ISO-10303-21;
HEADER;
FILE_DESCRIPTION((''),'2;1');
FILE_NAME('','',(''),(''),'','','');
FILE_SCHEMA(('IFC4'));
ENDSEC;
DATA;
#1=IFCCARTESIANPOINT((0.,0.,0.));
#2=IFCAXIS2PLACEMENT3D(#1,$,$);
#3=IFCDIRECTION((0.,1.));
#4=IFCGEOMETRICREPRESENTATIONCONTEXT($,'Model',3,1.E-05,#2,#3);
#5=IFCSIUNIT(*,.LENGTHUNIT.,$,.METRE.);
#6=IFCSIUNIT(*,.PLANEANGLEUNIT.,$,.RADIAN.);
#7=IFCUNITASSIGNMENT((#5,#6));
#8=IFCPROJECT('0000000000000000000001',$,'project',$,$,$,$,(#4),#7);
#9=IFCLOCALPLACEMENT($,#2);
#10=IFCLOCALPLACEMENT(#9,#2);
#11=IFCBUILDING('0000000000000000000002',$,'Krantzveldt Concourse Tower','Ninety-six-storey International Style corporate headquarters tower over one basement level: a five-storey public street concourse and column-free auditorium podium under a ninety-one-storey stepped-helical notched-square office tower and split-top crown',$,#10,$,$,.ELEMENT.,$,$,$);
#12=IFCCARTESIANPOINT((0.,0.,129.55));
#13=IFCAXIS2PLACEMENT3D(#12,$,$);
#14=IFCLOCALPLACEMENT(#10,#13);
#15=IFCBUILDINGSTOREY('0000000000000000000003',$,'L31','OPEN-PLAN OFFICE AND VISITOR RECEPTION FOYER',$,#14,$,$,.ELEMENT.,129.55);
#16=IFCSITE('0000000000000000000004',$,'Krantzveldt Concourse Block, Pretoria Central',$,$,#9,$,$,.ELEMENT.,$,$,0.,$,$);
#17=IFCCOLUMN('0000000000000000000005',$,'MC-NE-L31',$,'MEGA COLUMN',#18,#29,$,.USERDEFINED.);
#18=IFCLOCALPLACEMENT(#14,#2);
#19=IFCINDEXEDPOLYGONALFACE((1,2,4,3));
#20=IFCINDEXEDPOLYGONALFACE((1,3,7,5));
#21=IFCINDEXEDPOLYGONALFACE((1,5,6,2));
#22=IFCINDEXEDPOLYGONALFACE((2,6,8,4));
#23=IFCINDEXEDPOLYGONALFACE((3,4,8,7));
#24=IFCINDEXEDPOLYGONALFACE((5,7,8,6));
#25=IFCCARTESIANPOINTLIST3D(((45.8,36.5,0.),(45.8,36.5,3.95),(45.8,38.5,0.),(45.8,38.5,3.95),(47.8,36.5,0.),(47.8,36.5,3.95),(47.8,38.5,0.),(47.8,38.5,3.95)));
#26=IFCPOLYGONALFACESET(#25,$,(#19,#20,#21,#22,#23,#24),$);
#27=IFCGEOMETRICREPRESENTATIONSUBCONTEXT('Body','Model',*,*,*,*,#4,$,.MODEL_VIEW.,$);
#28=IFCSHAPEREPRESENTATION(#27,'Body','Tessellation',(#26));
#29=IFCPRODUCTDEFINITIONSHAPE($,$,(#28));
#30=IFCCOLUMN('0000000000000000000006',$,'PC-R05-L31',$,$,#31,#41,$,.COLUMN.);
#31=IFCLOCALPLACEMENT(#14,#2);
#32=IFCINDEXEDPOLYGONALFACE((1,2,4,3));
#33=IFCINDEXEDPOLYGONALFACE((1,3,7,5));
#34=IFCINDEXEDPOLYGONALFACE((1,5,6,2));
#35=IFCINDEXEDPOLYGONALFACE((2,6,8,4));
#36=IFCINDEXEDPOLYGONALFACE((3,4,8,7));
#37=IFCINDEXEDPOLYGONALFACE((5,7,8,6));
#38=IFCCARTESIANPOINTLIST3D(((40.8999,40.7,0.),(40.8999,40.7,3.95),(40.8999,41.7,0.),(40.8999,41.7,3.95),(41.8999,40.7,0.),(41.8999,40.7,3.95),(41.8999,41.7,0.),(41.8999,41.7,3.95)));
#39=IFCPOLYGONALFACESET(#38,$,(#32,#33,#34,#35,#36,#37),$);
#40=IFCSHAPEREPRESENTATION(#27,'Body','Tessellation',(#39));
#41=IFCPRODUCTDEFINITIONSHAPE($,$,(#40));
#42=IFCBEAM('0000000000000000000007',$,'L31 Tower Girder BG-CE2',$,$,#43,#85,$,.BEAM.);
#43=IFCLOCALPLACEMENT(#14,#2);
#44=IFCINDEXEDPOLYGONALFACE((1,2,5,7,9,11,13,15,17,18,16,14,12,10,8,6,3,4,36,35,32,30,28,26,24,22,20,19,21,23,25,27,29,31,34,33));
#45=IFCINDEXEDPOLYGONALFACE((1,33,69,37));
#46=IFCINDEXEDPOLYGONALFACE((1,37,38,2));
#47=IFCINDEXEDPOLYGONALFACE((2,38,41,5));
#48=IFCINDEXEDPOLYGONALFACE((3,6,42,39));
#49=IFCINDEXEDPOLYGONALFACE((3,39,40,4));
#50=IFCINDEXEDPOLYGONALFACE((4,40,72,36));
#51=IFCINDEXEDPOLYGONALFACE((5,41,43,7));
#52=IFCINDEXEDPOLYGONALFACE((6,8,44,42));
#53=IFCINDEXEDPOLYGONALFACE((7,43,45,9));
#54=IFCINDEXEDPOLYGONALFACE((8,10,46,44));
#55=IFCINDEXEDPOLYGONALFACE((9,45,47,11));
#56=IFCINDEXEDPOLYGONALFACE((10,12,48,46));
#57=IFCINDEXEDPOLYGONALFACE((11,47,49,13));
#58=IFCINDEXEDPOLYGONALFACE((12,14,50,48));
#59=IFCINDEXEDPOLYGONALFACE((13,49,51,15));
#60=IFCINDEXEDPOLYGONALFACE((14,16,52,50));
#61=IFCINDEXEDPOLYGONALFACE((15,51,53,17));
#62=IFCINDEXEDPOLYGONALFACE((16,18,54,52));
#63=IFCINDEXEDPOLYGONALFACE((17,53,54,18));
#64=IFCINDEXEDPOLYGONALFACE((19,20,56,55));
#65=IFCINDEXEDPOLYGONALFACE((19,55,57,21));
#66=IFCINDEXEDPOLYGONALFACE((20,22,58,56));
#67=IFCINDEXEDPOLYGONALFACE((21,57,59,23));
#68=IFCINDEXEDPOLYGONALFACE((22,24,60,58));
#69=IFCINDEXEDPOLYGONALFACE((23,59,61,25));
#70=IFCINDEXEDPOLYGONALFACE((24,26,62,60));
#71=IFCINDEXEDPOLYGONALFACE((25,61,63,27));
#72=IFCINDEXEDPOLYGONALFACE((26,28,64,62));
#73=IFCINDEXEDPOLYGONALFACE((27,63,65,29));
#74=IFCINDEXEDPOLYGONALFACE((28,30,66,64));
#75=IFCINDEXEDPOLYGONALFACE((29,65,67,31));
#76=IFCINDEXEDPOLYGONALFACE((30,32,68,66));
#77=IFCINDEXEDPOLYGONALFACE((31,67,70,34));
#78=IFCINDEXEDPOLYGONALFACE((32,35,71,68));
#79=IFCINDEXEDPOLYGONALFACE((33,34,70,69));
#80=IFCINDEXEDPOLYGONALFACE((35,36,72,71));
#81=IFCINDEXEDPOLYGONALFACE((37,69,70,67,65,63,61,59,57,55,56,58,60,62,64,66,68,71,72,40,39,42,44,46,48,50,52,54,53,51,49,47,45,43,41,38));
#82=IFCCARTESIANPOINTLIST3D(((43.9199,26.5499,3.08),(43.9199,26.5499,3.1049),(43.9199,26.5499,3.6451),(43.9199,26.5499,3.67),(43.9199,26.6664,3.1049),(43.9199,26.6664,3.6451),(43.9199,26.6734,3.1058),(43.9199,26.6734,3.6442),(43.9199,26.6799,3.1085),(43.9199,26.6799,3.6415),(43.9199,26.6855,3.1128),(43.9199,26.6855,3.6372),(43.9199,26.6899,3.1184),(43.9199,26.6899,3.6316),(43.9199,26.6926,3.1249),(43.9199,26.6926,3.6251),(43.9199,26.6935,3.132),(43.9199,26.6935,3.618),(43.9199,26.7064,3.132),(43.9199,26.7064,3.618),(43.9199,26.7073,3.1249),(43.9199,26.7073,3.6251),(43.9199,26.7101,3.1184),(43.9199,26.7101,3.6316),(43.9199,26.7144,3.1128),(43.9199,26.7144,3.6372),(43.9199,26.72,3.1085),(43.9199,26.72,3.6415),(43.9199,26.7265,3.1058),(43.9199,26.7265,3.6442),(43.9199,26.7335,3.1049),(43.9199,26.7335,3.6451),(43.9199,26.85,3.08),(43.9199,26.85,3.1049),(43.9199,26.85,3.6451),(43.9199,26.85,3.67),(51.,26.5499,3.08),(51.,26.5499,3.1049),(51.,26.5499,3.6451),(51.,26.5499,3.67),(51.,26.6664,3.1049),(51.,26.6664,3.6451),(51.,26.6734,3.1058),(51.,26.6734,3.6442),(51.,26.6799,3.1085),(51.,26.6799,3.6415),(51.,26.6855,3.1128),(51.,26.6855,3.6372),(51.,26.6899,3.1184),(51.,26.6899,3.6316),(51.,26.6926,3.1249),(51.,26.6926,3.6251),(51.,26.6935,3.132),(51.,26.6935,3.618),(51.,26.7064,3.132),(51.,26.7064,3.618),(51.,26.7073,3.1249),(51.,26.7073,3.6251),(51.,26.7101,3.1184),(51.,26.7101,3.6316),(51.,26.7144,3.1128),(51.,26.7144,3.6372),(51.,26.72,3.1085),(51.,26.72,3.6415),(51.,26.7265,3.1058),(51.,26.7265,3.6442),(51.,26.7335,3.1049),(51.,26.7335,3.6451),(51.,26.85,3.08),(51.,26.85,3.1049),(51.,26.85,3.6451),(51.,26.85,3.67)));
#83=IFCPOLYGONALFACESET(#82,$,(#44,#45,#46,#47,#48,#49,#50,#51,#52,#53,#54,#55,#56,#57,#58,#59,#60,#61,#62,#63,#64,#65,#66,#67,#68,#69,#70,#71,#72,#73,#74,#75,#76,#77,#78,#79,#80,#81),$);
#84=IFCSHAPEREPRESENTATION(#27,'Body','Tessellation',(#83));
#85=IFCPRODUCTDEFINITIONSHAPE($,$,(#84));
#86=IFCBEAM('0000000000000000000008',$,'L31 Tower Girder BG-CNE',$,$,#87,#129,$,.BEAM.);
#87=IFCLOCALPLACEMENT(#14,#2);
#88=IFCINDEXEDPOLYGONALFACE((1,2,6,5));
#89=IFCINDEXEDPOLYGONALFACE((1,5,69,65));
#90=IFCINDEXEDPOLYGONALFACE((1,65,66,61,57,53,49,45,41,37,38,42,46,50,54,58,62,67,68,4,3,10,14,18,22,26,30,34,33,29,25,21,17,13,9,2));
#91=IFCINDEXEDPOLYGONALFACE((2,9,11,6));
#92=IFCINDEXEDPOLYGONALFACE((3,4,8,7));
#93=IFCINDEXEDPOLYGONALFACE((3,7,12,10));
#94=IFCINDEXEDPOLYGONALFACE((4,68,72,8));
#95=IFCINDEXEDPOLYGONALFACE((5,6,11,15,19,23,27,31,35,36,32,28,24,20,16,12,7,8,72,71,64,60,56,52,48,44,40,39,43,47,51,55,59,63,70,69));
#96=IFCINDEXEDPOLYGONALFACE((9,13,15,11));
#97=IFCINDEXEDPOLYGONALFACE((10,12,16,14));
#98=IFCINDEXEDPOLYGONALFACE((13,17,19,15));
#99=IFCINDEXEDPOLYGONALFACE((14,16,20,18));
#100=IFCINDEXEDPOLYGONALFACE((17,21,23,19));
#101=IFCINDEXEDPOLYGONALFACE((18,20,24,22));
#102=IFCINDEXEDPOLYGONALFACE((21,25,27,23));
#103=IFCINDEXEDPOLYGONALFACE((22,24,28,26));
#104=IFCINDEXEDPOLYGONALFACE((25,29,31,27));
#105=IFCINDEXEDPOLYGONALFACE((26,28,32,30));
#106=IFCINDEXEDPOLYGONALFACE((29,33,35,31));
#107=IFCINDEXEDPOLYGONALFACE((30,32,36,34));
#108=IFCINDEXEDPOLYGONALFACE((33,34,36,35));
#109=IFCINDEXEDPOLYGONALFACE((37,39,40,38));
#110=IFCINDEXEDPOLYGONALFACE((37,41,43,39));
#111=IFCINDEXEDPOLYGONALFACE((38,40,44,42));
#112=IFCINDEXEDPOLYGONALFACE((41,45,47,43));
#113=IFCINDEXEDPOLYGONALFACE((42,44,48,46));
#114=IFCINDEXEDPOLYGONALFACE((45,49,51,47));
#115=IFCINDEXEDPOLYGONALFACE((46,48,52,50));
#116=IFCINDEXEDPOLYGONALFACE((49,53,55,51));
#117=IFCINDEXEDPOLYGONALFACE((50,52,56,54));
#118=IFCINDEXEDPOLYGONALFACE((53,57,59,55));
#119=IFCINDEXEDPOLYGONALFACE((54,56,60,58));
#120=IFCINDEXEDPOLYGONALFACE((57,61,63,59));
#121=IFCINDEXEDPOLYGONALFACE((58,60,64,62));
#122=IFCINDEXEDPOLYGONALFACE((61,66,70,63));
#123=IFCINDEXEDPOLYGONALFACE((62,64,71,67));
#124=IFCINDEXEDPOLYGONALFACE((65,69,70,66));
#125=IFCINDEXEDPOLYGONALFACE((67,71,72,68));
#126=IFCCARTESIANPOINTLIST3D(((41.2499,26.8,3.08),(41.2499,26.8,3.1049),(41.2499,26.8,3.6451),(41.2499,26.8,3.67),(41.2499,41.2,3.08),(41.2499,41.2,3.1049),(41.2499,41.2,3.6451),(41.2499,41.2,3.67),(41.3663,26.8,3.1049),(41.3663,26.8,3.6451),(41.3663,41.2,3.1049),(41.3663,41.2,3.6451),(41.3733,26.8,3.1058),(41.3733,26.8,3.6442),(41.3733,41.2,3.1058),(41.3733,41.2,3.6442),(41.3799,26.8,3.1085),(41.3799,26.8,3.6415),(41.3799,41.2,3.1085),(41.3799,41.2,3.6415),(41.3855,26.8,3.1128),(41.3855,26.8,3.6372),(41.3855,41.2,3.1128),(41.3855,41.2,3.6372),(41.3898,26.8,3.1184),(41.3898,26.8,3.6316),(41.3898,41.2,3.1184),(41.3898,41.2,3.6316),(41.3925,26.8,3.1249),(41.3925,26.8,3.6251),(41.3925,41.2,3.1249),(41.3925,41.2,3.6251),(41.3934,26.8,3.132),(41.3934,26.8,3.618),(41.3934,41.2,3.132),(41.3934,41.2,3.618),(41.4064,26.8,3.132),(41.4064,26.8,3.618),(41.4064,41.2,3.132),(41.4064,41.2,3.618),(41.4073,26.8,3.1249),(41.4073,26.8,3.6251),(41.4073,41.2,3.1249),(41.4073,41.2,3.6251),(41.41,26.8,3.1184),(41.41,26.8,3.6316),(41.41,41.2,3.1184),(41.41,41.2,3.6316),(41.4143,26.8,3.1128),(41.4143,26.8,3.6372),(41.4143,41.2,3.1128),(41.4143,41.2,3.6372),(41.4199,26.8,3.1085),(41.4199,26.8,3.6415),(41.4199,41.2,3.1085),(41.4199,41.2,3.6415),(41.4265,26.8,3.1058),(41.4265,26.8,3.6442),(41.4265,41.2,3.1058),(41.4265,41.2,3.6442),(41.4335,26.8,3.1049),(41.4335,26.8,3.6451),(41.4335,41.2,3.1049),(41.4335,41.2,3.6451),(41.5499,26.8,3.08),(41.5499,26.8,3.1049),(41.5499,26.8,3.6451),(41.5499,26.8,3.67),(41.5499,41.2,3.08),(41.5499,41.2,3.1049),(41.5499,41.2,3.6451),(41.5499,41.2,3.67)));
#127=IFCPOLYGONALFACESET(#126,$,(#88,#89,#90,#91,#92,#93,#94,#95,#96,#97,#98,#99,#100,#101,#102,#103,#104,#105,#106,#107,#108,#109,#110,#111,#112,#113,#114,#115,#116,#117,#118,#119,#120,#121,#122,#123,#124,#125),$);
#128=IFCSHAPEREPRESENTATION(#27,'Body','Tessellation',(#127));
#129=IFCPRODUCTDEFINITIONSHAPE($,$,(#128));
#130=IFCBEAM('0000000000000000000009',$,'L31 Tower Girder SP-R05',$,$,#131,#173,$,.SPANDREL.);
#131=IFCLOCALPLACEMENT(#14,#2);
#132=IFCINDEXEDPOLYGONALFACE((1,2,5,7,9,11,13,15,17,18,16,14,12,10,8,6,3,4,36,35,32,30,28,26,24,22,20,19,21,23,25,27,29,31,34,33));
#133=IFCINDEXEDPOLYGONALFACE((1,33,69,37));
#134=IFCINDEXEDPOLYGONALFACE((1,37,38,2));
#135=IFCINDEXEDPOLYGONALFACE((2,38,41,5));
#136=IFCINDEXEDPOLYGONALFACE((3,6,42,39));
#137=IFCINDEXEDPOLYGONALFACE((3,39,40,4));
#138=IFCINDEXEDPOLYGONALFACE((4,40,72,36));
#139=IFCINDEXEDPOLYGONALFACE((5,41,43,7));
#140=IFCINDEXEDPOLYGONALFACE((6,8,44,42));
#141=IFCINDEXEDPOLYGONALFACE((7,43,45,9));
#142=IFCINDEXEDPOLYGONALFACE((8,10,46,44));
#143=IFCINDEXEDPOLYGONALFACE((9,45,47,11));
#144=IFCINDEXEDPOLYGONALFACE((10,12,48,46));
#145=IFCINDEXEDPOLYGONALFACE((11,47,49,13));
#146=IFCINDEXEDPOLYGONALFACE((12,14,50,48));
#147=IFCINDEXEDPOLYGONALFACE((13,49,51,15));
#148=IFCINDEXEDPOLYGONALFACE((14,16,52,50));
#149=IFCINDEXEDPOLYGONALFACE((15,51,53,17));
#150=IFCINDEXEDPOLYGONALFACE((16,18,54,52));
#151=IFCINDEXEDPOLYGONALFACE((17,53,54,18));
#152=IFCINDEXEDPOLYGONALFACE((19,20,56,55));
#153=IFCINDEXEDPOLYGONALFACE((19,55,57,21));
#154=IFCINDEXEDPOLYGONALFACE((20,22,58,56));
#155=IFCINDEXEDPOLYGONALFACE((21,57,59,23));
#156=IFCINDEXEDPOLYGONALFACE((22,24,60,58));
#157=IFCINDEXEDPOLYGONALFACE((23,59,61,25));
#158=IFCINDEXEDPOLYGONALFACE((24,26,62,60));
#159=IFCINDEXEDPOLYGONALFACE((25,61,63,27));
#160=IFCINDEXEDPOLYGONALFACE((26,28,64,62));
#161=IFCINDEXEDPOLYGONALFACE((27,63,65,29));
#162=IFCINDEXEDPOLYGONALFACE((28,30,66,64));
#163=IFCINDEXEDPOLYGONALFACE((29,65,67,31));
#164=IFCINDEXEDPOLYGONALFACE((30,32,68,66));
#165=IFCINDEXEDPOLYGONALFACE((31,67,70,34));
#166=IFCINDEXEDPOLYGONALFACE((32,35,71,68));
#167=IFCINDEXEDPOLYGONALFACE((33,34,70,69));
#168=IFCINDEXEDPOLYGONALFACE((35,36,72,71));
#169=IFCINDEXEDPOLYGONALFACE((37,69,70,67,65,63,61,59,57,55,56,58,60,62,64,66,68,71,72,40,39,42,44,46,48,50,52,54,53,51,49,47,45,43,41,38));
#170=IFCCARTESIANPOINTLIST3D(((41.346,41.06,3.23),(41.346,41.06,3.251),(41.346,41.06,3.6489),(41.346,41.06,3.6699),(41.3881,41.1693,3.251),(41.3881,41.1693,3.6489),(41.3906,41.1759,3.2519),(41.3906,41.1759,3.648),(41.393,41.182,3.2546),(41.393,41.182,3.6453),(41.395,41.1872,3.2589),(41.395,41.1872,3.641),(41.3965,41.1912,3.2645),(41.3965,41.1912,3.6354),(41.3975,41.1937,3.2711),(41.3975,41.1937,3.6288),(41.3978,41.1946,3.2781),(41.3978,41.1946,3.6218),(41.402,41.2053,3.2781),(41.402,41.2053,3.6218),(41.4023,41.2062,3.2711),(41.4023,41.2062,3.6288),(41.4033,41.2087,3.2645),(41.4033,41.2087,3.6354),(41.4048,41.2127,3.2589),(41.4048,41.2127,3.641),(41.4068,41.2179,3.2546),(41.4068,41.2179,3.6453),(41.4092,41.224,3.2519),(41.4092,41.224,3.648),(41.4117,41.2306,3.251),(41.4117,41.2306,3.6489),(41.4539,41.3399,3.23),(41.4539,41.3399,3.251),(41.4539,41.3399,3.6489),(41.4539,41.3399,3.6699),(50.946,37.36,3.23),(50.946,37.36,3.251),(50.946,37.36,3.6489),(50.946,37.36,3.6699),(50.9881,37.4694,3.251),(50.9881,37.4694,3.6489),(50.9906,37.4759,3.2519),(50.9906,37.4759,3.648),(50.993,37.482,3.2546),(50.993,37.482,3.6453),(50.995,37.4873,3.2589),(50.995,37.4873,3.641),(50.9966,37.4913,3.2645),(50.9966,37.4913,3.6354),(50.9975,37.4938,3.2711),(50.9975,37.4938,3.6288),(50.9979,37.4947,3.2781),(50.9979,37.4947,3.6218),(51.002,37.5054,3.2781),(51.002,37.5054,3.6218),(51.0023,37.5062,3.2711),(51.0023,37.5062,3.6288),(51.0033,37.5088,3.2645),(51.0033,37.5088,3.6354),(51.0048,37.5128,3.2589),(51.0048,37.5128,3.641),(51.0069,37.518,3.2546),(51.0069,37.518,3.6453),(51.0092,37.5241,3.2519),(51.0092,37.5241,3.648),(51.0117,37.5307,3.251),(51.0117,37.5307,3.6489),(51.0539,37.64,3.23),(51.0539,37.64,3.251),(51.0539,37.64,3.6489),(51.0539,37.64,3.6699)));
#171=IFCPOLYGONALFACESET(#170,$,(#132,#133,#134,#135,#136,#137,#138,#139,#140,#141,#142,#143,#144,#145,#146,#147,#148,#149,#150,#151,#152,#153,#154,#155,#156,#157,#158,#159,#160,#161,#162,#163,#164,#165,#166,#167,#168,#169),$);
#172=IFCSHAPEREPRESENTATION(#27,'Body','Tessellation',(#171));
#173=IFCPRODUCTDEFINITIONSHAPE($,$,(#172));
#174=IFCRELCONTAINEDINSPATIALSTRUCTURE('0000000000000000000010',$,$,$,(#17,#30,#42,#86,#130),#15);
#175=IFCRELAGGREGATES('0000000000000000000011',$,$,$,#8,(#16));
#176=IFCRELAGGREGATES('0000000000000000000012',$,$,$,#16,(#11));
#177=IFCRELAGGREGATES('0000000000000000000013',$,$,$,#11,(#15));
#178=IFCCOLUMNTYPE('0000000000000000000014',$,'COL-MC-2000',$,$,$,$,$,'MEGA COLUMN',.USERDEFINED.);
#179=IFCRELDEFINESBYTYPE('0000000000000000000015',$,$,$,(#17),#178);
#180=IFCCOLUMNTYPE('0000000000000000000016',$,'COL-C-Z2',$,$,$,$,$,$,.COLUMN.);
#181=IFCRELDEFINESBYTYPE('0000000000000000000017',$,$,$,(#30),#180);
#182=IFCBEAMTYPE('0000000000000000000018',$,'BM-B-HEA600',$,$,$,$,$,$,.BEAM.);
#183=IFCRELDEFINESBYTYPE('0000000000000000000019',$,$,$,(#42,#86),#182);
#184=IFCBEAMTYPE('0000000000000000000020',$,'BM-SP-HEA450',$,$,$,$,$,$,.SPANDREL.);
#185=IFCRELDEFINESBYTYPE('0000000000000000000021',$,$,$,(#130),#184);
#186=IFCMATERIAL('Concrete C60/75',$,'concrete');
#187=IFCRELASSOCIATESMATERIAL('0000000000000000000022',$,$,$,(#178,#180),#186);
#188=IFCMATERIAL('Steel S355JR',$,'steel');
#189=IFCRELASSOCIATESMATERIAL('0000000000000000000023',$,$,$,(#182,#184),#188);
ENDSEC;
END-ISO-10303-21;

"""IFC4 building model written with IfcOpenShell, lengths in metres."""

from ifc_helpers import new_model, si_unit, direction, frame, origin, origin_2d, place, context, subcontext, project, spatial, rectangle, i_section, extrude, source, transform, mapped, material, material_profile, profile_set, type_object, type_shapes, element, save


model = new_model("IFC4")

# Units and contexts
model_context = context("Model", 3, precision=1e-05, world=origin(), true_north=direction((0.0, 1.0)))
body_context = subcontext(model_context, "Body", "Model", "MODEL_VIEW")
ifc_project = project(units=[si_unit("LENGTHUNIT", "METRE"), si_unit("PLANEANGLEUNIT", "RADIAN")], contexts=[model_context])

# Site, building, storey
site_placement = place(None, origin())
site = spatial("IfcSite", under=ifc_project, at=site_placement, Name="Krantzveldt Concourse Block, Pretoria Central", CompositionType="ELEMENT", RefElevation=0.0)
building_placement = place(site_placement, origin())
building = spatial("IfcBuilding", under=site, at=building_placement, Name="Krantzveldt Concourse Tower", Description="Ninety-six-storey International Style corporate headquarters tower over one basement level: a five-storey public street concourse and column-free auditorium podium under a ninety-one-storey stepped-helical notched-square office tower and split-top crown", CompositionType="ELEMENT")
storey_placement = place(building_placement, frame((0.0, 0.0, 129.55)))
storey = spatial("IfcBuildingStorey", under=building, at=storey_placement, Name="L31", Description="OPEN-PLAN OFFICE AND VISITOR RECEPTION FOYER", CompositionType="ELEMENT", Elevation=129.55)

# Columns
ifc_material_1 = material(Name="Concrete C60/75", Category="concrete")
ifc_material_profile_1 = material_profile(ifc_material_1, rectangle(XDim=2.0, YDim=2.0, at=origin_2d()), Name="Concrete C60/75", Category="concrete")
ifc_profile_set_1 = profile_set([ifc_material_profile_1], Name="Concrete C60/75 - RC 2000x2000")
column_type_1 = type_object("IfcColumnType", Name="COL-MC-2000", ElementType="MEGA COLUMN", PredefinedType="USERDEFINED", material=ifc_profile_set_1)
shared_shape_1 = source(origin(), body_context, "Body", "SweptSolid", [
    extrude(rectangle(XDim=2.0, YDim=2.0, at=origin_2d()), origin(), (0.0, 0.0, 1.0), 3.95),
])
type_shapes(column_type_1, [shared_shape_1])
column_1_placement = place(storey_placement, frame((46.8, 37.5, 0.0), z_axis=(0.0, 0.0, 1.0), x_axis=(1.0, 0.0, 0.0)))
element("IfcColumn", 1, at=column_1_placement, inside=storey, type_object=column_type_1, Name="MC-NE-L31", ObjectType="MEGA COLUMN", PredefinedType="USERDEFINED", context=body_context, shape_type="MappedRepresentation", body=[
    mapped(shared_shape_1, transform((0.0, 0.0, 0.0), x_axis=(1.0, 0.0, 0.0), y_axis=(0.0, 1.0, 0.0), z_axis=(0.0, 0.0, 1.0), scale=1.0)),
])
ifc_material_profile_2 = material_profile(ifc_material_1, rectangle(XDim=1.0, YDim=1.0, at=origin_2d()), Name="Concrete C60/75", Category="concrete")
ifc_profile_set_2 = profile_set([ifc_material_profile_2], Name="Concrete C60/75 - RC 1000x1000")
column_type_2 = type_object("IfcColumnType", Name="COL-C-Z2", PredefinedType="COLUMN", material=ifc_profile_set_2)
shared_shape_2 = source(origin(), body_context, "Body", "SweptSolid", [
    extrude(rectangle(XDim=1.0, YDim=1.0, at=origin_2d()), origin(), (0.0, 0.0, 1.0), 3.95),
])
type_shapes(column_type_2, [shared_shape_2])
column_2_placement = place(storey_placement, frame((41.3999, 41.2, 0.0), z_axis=(0.0, 0.0, 1.0), x_axis=(1.0, 0.0, 0.0)))
element("IfcColumn", 2, at=column_2_placement, inside=storey, type_object=column_type_2, Name="PC-R05-L31", PredefinedType="COLUMN", context=body_context, shape_type="MappedRepresentation", body=[
    mapped(shared_shape_2, transform((0.0, 0.0, 0.0), x_axis=(1.0, 0.0, 0.0), y_axis=(0.0, 1.0, 0.0), z_axis=(0.0, 0.0, 1.0), scale=1.0)),
])

# Beams
ifc_material_2 = material(Name="Steel S355JR", Category="steel")
ifc_material_profile_3 = material_profile(ifc_material_2, i_section(OverallWidth=0.3, OverallDepth=0.5901, WebThickness=0.0129, FlangeThickness=0.0249, FilletRadius=0.0271, at=origin_2d()), Name="Steel S355JR", Category="steel")
ifc_profile_set_3 = profile_set([ifc_material_profile_3], Name="Steel S355JR - HEA 600")
beam_type_1 = type_object("IfcBeamType", Name="BM-B-HEA600", PredefinedType="BEAM", material=ifc_profile_set_3)
shared_shape_3 = source(origin(), body_context, "Body", "SweptSolid", [
    extrude(i_section(OverallWidth=0.3, OverallDepth=0.5901, WebThickness=0.0129, FlangeThickness=0.0249, FilletRadius=0.0271, at=origin_2d()), origin(), (0.0, 0.0, 1.0), 7.0801),
])
beam_1_placement = place(storey_placement, frame((43.9199, 26.7, 3.375), z_axis=(1.0, 0.0, 0.0), x_axis=(0.0, 1.0, 0.0)))
element("IfcBeam", 3, at=beam_1_placement, inside=storey, type_object=beam_type_1, Name="L31 Tower Girder BG-CE2", PredefinedType="BEAM", context=body_context, shape_type="MappedRepresentation", body=[
    mapped(shared_shape_3, transform((0.0, 0.0, 0.0), x_axis=(1.0, 0.0, 0.0), y_axis=(0.0, 1.0, 0.0), z_axis=(0.0, 0.0, 1.0), scale=1.0)),
])
shared_shape_4 = source(origin(), body_context, "Body", "SweptSolid", [
    extrude(i_section(OverallWidth=0.3, OverallDepth=0.5901, WebThickness=0.0129, FlangeThickness=0.0249, FilletRadius=0.0271, at=origin_2d()), origin(), (0.0, 0.0, 1.0), 14.3999),
])
type_shapes(beam_type_1, [shared_shape_3, shared_shape_4])
beam_2_placement = place(storey_placement, frame((41.3999, 26.8, 3.375), z_axis=(0.0, 1.0, 0.0), x_axis=(-1.0, 0.0, 0.0)))
element("IfcBeam", 4, at=beam_2_placement, inside=storey, type_object=beam_type_1, Name="L31 Tower Girder BG-CNE", PredefinedType="BEAM", context=body_context, shape_type="MappedRepresentation", body=[
    mapped(shared_shape_4, transform((0.0, 0.0, 0.0), x_axis=(1.0, 0.0, 0.0), y_axis=(0.0, 1.0, 0.0), z_axis=(0.0, 0.0, 1.0), scale=1.0)),
])
ifc_material_profile_4 = material_profile(ifc_material_2, i_section(OverallWidth=0.3, OverallDepth=0.4399, WebThickness=0.0115, FlangeThickness=0.021, FilletRadius=0.0271, at=origin_2d()), Name="Steel S355JR", Category="steel")
ifc_profile_set_4 = profile_set([ifc_material_profile_4], Name="Steel S355JR - HEA 450")
beam_type_2 = type_object("IfcBeamType", Name="BM-SP-HEA450", PredefinedType="SPANDREL", material=ifc_profile_set_4)
shared_shape_5 = source(origin(), body_context, "Body", "SweptSolid", [
    extrude(i_section(OverallWidth=0.3, OverallDepth=0.4399, WebThickness=0.0115, FlangeThickness=0.021, FilletRadius=0.0271, at=origin_2d()), origin(), (0.0, 0.0, 1.0), 10.2883),
])
type_shapes(beam_type_2, [shared_shape_5])
beam_3_placement = place(storey_placement, frame((41.3999, 41.2, 3.45), z_axis=(0.933098, -0.359623, 0.0), x_axis=(0.359623, 0.933098, 0.0)))
element("IfcBeam", 5, at=beam_3_placement, inside=storey, type_object=beam_type_2, Name="L31 Tower Girder SP-R05", PredefinedType="SPANDREL", context=body_context, shape_type="MappedRepresentation", body=[
    mapped(shared_shape_5, transform((0.0, 0.0, 0.0), x_axis=(1.0, 0.0, 0.0), y_axis=(0.0, 1.0, 0.0), z_axis=(0.0, 0.0, 1.0), scale=1.0)),
])

save(model, "model.ifc")
